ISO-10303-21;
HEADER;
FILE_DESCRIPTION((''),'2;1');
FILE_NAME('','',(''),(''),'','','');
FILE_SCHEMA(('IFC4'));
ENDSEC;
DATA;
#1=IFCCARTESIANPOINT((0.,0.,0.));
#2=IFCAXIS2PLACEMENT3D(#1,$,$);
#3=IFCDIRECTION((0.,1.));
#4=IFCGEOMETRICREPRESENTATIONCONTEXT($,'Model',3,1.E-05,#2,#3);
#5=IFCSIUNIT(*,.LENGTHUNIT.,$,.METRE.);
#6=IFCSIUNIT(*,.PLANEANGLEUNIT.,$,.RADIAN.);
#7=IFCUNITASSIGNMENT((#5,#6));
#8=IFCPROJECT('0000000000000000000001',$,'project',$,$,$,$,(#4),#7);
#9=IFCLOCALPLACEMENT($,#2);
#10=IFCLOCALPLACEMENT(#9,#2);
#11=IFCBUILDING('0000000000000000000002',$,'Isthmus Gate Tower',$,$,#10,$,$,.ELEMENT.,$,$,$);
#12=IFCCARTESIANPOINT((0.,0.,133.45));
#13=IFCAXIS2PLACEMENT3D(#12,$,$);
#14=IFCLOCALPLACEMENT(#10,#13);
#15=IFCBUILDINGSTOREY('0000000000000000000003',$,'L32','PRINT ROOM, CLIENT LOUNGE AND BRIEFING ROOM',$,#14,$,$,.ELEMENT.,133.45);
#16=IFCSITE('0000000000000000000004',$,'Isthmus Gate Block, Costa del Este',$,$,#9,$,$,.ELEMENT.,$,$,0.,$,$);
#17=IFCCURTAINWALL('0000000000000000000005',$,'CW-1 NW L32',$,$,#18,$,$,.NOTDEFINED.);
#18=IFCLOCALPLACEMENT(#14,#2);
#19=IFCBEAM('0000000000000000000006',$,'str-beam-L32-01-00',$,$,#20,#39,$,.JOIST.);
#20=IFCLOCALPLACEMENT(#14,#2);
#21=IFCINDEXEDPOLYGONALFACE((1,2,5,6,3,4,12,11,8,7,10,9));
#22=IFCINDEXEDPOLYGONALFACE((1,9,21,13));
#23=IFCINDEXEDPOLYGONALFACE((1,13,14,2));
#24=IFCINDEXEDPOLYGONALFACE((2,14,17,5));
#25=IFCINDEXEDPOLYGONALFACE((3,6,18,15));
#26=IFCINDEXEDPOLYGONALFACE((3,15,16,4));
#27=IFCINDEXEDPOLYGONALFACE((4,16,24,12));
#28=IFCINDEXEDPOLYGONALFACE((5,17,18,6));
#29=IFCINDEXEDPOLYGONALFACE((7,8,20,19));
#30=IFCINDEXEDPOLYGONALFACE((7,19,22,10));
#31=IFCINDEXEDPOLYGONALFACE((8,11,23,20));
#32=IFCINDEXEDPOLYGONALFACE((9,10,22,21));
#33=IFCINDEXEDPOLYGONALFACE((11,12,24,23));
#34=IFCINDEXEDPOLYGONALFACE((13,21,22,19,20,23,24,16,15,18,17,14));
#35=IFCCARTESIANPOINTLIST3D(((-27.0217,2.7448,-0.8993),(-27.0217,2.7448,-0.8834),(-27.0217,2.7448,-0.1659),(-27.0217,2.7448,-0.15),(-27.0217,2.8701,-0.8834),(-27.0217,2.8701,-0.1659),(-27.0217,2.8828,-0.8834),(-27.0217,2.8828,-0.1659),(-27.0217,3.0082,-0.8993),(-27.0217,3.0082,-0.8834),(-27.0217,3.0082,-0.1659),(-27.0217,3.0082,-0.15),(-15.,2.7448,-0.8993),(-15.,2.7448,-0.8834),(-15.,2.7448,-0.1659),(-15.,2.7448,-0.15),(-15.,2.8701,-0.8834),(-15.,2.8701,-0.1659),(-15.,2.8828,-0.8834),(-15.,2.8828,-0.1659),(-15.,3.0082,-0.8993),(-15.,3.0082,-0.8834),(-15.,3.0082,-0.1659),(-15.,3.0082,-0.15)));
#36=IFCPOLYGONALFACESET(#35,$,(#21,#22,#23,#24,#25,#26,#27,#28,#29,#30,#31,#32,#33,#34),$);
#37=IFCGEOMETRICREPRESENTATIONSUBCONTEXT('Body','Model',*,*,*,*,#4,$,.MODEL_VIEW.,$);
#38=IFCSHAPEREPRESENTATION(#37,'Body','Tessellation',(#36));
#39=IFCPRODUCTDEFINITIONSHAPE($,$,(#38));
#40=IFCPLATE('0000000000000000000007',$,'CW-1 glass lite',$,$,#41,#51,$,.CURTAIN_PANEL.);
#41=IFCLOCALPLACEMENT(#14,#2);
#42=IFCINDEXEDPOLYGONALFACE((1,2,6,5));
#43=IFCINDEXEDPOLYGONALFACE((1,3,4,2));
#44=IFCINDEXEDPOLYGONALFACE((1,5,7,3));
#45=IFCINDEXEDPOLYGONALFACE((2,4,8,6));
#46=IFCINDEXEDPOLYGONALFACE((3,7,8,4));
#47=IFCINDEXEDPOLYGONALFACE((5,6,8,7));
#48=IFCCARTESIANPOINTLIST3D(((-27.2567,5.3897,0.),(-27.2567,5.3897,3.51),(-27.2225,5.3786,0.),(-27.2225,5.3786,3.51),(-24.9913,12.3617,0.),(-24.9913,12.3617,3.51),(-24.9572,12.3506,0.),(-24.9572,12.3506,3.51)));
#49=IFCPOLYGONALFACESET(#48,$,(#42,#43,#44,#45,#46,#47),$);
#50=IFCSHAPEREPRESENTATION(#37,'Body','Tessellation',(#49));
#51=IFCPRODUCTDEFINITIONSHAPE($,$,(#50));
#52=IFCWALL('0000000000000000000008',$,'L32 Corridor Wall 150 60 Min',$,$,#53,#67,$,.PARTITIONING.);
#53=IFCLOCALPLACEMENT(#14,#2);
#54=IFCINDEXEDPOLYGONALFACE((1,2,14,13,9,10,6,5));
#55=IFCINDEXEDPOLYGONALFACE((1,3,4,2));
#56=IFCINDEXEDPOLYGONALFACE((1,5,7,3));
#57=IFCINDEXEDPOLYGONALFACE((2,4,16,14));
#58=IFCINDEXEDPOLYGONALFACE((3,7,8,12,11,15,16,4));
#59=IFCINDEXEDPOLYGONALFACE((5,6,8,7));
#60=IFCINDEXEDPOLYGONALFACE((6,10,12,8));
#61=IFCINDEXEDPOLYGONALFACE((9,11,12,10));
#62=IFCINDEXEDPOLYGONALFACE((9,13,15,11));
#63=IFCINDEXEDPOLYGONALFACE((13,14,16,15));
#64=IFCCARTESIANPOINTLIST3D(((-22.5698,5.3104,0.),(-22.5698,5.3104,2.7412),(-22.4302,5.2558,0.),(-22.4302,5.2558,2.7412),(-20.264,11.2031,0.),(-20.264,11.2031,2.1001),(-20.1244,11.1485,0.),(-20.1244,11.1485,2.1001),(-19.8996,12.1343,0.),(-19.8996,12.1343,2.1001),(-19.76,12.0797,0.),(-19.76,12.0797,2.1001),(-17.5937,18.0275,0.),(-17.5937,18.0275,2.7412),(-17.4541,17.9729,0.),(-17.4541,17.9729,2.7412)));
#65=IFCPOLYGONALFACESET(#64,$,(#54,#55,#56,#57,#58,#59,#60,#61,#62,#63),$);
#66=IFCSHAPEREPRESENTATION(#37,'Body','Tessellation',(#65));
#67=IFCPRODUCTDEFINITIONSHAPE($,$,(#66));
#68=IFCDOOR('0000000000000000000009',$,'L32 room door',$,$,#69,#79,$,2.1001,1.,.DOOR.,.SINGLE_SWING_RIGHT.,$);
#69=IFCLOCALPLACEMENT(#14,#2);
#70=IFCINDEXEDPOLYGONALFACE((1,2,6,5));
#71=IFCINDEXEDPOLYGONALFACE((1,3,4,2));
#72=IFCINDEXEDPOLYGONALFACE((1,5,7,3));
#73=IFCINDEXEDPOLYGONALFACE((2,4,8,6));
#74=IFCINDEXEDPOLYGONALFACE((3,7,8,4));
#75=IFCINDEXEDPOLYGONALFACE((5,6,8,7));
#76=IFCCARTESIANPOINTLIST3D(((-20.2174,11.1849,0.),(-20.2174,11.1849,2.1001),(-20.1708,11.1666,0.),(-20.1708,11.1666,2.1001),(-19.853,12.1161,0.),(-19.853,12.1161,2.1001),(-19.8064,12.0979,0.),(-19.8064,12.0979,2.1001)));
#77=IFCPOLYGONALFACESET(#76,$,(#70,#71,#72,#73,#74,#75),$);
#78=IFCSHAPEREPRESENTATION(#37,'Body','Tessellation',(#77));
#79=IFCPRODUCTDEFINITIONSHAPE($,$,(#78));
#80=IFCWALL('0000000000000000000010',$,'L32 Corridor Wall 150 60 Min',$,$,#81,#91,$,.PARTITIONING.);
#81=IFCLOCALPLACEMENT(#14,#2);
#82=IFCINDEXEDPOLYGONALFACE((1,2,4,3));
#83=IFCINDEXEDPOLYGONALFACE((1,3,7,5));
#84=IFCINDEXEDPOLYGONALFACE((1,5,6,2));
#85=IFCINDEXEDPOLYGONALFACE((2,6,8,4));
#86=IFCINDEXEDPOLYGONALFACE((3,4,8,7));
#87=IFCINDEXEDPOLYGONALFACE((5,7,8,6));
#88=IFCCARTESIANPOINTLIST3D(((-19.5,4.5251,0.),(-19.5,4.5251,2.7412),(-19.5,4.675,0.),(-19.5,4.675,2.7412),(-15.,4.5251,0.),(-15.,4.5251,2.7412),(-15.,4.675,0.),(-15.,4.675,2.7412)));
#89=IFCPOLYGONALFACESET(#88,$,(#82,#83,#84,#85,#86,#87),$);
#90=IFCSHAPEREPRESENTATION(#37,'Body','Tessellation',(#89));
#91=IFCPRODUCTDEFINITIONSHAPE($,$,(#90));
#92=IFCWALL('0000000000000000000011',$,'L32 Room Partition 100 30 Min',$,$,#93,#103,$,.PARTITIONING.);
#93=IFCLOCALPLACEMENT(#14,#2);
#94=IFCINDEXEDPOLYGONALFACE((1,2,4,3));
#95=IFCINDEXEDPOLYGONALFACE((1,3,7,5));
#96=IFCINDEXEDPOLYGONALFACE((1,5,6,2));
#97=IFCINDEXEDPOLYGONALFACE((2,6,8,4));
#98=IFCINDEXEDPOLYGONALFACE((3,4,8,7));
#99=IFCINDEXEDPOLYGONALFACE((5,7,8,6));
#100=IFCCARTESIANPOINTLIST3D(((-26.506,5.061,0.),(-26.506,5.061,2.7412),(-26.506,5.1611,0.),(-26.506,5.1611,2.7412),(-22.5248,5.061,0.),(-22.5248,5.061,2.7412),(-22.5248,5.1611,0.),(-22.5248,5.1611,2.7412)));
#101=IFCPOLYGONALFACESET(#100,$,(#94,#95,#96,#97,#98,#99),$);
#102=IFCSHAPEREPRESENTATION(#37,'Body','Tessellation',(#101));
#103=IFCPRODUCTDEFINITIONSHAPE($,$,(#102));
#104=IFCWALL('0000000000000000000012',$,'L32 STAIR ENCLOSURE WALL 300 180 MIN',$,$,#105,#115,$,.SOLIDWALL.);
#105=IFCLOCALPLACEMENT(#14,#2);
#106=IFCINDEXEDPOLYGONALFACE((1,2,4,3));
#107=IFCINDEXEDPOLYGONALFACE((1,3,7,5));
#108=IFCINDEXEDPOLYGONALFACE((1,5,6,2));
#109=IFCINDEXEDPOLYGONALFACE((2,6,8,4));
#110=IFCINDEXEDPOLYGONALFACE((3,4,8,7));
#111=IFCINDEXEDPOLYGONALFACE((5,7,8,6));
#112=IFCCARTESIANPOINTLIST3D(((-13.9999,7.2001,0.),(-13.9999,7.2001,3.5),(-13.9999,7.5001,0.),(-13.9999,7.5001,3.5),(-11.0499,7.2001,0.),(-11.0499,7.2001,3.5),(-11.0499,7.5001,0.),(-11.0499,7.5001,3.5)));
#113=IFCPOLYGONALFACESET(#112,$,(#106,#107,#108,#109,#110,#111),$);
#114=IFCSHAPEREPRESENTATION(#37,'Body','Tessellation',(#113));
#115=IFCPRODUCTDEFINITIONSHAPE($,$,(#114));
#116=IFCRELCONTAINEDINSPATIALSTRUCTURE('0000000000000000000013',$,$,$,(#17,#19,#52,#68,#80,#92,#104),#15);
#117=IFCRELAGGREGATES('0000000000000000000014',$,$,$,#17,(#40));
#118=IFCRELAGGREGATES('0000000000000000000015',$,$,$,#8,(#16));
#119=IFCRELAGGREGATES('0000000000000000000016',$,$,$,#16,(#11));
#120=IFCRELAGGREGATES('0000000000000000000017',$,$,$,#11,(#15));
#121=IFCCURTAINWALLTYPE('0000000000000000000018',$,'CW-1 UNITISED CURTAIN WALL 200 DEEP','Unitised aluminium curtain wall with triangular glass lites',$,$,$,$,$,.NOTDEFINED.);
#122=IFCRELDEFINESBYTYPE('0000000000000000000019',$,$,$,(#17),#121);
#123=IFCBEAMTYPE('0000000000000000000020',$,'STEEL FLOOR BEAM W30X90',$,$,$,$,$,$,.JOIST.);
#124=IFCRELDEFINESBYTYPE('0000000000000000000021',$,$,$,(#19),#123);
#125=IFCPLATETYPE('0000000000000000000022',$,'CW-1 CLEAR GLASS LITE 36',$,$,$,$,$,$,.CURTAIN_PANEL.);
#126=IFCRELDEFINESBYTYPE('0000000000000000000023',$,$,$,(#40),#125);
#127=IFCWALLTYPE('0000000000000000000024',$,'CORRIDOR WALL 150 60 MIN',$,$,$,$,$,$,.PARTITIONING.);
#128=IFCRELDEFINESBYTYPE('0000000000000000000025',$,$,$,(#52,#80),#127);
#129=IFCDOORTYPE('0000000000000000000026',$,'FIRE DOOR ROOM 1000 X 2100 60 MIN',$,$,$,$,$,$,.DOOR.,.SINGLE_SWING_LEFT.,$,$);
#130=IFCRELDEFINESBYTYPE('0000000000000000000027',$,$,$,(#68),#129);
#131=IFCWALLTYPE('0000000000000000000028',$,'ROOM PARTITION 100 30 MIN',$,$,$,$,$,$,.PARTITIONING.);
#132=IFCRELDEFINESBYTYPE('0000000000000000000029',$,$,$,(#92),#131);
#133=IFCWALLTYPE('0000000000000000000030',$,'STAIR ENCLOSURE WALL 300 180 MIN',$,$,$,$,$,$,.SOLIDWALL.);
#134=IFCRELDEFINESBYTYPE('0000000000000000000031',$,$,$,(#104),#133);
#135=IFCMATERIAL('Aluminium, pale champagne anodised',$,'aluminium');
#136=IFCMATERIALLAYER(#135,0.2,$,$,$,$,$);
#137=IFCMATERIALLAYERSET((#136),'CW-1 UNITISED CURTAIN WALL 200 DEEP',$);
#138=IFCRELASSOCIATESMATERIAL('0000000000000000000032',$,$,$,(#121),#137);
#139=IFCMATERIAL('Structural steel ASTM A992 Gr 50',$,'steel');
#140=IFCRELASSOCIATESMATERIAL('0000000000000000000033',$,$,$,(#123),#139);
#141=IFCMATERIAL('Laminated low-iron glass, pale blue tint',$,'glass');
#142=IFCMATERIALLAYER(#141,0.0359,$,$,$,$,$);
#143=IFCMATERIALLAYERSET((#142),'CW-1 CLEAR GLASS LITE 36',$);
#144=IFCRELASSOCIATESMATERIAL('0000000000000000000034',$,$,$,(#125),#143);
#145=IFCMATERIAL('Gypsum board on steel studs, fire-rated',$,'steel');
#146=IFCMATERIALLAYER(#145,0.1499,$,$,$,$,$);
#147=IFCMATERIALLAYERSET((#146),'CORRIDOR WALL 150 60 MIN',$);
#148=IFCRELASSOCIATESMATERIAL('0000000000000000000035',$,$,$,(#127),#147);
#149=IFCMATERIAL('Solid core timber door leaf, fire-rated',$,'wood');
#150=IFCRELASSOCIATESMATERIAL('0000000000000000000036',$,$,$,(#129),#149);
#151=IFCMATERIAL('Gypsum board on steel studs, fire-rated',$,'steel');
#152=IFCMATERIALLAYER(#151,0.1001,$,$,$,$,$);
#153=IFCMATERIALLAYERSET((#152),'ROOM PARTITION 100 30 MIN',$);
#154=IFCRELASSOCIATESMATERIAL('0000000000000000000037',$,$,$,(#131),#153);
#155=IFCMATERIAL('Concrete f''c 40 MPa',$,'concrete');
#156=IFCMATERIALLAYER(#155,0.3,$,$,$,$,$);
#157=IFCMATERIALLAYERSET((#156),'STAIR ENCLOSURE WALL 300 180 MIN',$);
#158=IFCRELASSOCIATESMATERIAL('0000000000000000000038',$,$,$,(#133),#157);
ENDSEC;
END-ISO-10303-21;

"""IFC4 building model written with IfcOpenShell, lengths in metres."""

from ifc_helpers import new_model, si_unit, direction, frame, frame_2d, origin, origin_2d, place, context, subcontext, project, spatial, rectangle, i_section, extrude, material, layer, layer_set, material_profile, profile_set, type_object, element, fill, aggregate, save


model = new_model("IFC4")

# Units and contexts
model_context = context("Model", 3, precision=1e-05, world=origin(), true_north=direction((0.0, 1.0)))
body_context = subcontext(model_context, "Body", "Model", "MODEL_VIEW")
ifc_project = project(units=[si_unit("LENGTHUNIT", "METRE"), si_unit("PLANEANGLEUNIT", "RADIAN")], contexts=[model_context])

# Site, building, storey
site_placement = place(None, origin())
site = spatial("IfcSite", under=ifc_project, at=site_placement, Name="Isthmus Gate Block, Costa del Este", CompositionType="ELEMENT", RefElevation=0.0)
building_placement = place(site_placement, origin())
building = spatial("IfcBuilding", under=site, at=building_placement, Name="Isthmus Gate Tower", CompositionType="ELEMENT")
storey_placement = place(building_placement, frame((0.0, 0.0, 133.45)))
storey = spatial("IfcBuildingStorey", under=building, at=storey_placement, Name="L32", Description="PRINT ROOM, CLIENT LOUNGE AND BRIEFING ROOM", CompositionType="ELEMENT", Elevation=133.45)

# Curtain wall
ifc_material_1 = material(Name="Aluminium, pale champagne anodised", Category="aluminium")
ifc_layer_1 = layer(ifc_material_1, 0.2)
ifc_layer_set_1 = layer_set([ifc_layer_1], Name="CW-1 UNITISED CURTAIN WALL 200 DEEP")
curtain_wall_type = type_object("IfcCurtainWallType", Name="CW-1 UNITISED CURTAIN WALL 200 DEEP", Description="Unitised aluminium curtain wall with triangular glass lites", PredefinedType="NOTDEFINED", material=ifc_layer_set_1)
curtain_wall_placement = place(storey_placement, origin())
curtain_wall = element("IfcCurtainWall", 1, at=curtain_wall_placement, inside=storey, type_object=curtain_wall_type, Name="CW-1 NW L32", PredefinedType="NOTDEFINED")

# Beam
ifc_material_2 = material(Name="Structural steel ASTM A992 Gr 50", Category="steel")
ifc_material_profile_1 = material_profile(ifc_material_2, i_section(OverallWidth=0.2634, OverallDepth=0.7493, WebThickness=0.0127, FlangeThickness=0.0159, at=origin_2d()), Name="W30X90")
ifc_profile_set_1 = profile_set([ifc_material_profile_1], Name="Structural steel ASTM A992 Gr 50")
beam_type_1 = type_object("IfcBeamType", Name="STEEL FLOOR BEAM W30X90", PredefinedType="JOIST", material=ifc_profile_set_1)
beam_1_placement = place(storey_placement, frame((-27.0217, 2.8765, -0.5247), z_axis=(1.0, 0.0, 0.0), x_axis=(0.0, 1.0, 0.0)))
element("IfcBeam", 2, at=beam_1_placement, inside=storey, type_object=beam_type_1, Name="str-beam-L32-01-00", PredefinedType="JOIST", context=body_context, shape_type="SweptSolid", body=[
    extrude(i_section(OverallWidth=0.2634, OverallDepth=0.7493, WebThickness=0.0127, FlangeThickness=0.0159, at=origin_2d()), origin(), (0.0, 0.0, 1.0), 12.0217),
])

# Plate
ifc_material_3 = material(Name="Laminated low-iron glass, pale blue tint", Category="glass")
ifc_layer_2 = layer(ifc_material_3, 0.0359)
ifc_layer_set_2 = layer_set([ifc_layer_2], Name="CW-1 CLEAR GLASS LITE 36")
plate_type = type_object("IfcPlateType", Name="CW-1 CLEAR GLASS LITE 36", PredefinedType="CURTAIN_PANEL", material=ifc_layer_set_2)
plate_placement = place(storey_placement, frame((-26.1069, 8.8701, 0.0), z_axis=(0.0, 0.0, 1.0), x_axis=(-0.309017, -0.951057, 0.0)))
plate = element("IfcPlate", 3, at=plate_placement, type_object=plate_type, Name="CW-1 glass lite", PredefinedType="CURTAIN_PANEL", context=body_context, shape_type="SweptSolid", body=[
    extrude(rectangle(XDim=7.3308, YDim=0.0359, at=origin_2d()), origin(), (0.0, 0.0, 1.0), 3.51),
])
aggregate(curtain_wall, [plate])

# Wall, opening, door
ifc_material_4 = material(Name="Gypsum board on steel studs, fire-rated", Category="steel")
ifc_layer_3 = layer(ifc_material_4, 0.1499)
ifc_layer_set_3 = layer_set([ifc_layer_3], Name="CORRIDOR WALL 150 60 MIN")
wall_type_1 = type_object("IfcWallType", Name="CORRIDOR WALL 150 60 MIN", PredefinedType="PARTITIONING", material=ifc_layer_set_3)
wall_1_placement = place(storey_placement, frame((-22.5, 5.283, 0.0), z_axis=(0.0, 0.0, 1.0), x_axis=(0.364389, 0.931247, 0.0)))
wall_1 = element("IfcWall", 4, at=wall_1_placement, inside=storey, type_object=wall_type_1, Name="L32 Corridor Wall 150 60 Min", PredefinedType="PARTITIONING", context=body_context, shape_type="SweptSolid", body=[
    extrude(rectangle(XDim=13.656, YDim=0.1499, at=frame_2d((6.8281, 0.0))), origin(), (0.0, 0.0, 1.0), 2.7412),
])
opening_placement = place(wall_1_placement, frame((6.3279, 0.0, 0.0)))
opening = element("IfcOpeningElement", 5, at=opening_placement, cuts=wall_1, PredefinedType="OPENING", context=body_context, shape_type="SweptSolid", body=[
    extrude(rectangle(XDim=1.0, YDim=2.1001, at=frame_2d((0.5, 1.05))), frame((0.0, 0.085, 0.0), z_axis=(0.0, -1.0, 0.0), x_axis=(1.0, 0.0, 0.0)), (0.0, 0.0, 1.0), 0.1699),
])
ifc_material_5 = material(Name="Solid core timber door leaf, fire-rated", Category="wood")
door_type = type_object("IfcDoorType", Name="FIRE DOOR ROOM 1000 X 2100 60 MIN", OperationType="SINGLE_SWING_LEFT", PredefinedType="DOOR", material=ifc_material_5)
door_placement = place(opening_placement, origin())
door = element("IfcDoor", 6, at=door_placement, inside=storey, type_object=door_type, Name="L32 room door", OperationType="SINGLE_SWING_RIGHT", OverallHeight=2.1001, OverallWidth=1.0, PredefinedType="DOOR", context=body_context, shape_type="SweptSolid", body=[
    extrude(rectangle(XDim=1.0, YDim=2.1001, at=frame_2d((0.5, 1.05))), frame((0.0, 0.0249, 0.0), z_axis=(0.0, -1.0, 0.0), x_axis=(1.0, 0.0, 0.0)), (0.0, 0.0, 1.0), 0.05),
])
fill(opening, door)

# Walls
wall_2_placement = place(storey_placement, frame((-19.5, 4.6001, 0.0), z_axis=(0.0, 0.0, 1.0), x_axis=(1.0, 0.0, 0.0)))
element("IfcWall", 7, at=wall_2_placement, inside=storey, type_object=wall_type_1, Name="L32 Corridor Wall 150 60 Min", PredefinedType="PARTITIONING", context=body_context, shape_type="SweptSolid", body=[
    extrude(rectangle(XDim=4.5, YDim=0.1499, at=frame_2d((2.25, 0.0))), origin(), (0.0, 0.0, 1.0), 2.7412),
])
ifc_material_6 = material(Name="Gypsum board on steel studs, fire-rated", Category="steel")
ifc_layer_4 = layer(ifc_material_6, 0.1001)
ifc_layer_set_4 = layer_set([ifc_layer_4], Name="ROOM PARTITION 100 30 MIN")
wall_type_2 = type_object("IfcWallType", Name="ROOM PARTITION 100 30 MIN", PredefinedType="PARTITIONING", material=ifc_layer_set_4)
wall_3_placement = place(storey_placement, frame((-26.5061, 5.1111, 0.0), z_axis=(0.0, 0.0, 1.0), x_axis=(1.0, 0.0, 0.0)))
element("IfcWall", 8, at=wall_3_placement, inside=storey, type_object=wall_type_2, Name="L32 Room Partition 100 30 Min", PredefinedType="PARTITIONING", context=body_context, shape_type="SweptSolid", body=[
    extrude(rectangle(XDim=3.9812, YDim=0.1001, at=frame_2d((1.9907, 0.0))), origin(), (0.0, 0.0, 1.0), 2.7412),
])
ifc_material_7 = material(Name="Concrete f'c 40 MPa", Category="concrete")
ifc_layer_5 = layer(ifc_material_7, 0.3)
ifc_layer_set_5 = layer_set([ifc_layer_5], Name="STAIR ENCLOSURE WALL 300 180 MIN")
wall_type_3 = type_object("IfcWallType", Name="STAIR ENCLOSURE WALL 300 180 MIN", PredefinedType="SOLIDWALL", material=ifc_layer_set_5)
wall_4_placement = place(storey_placement, frame((-14.0, 7.3501, 0.0), z_axis=(0.0, 0.0, 1.0), x_axis=(1.0, 0.0, 0.0)))
element("IfcWall", 9, at=wall_4_placement, inside=storey, type_object=wall_type_3, Name="L32 STAIR ENCLOSURE WALL 300 180 MIN", PredefinedType="SOLIDWALL", context=body_context, shape_type="SweptSolid", body=[
    extrude(rectangle(XDim=2.95, YDim=0.3, at=frame_2d((1.4751, 0.0))), origin(), (0.0, 0.0, 1.0), 3.5),
])

save(model, "model.ifc")
